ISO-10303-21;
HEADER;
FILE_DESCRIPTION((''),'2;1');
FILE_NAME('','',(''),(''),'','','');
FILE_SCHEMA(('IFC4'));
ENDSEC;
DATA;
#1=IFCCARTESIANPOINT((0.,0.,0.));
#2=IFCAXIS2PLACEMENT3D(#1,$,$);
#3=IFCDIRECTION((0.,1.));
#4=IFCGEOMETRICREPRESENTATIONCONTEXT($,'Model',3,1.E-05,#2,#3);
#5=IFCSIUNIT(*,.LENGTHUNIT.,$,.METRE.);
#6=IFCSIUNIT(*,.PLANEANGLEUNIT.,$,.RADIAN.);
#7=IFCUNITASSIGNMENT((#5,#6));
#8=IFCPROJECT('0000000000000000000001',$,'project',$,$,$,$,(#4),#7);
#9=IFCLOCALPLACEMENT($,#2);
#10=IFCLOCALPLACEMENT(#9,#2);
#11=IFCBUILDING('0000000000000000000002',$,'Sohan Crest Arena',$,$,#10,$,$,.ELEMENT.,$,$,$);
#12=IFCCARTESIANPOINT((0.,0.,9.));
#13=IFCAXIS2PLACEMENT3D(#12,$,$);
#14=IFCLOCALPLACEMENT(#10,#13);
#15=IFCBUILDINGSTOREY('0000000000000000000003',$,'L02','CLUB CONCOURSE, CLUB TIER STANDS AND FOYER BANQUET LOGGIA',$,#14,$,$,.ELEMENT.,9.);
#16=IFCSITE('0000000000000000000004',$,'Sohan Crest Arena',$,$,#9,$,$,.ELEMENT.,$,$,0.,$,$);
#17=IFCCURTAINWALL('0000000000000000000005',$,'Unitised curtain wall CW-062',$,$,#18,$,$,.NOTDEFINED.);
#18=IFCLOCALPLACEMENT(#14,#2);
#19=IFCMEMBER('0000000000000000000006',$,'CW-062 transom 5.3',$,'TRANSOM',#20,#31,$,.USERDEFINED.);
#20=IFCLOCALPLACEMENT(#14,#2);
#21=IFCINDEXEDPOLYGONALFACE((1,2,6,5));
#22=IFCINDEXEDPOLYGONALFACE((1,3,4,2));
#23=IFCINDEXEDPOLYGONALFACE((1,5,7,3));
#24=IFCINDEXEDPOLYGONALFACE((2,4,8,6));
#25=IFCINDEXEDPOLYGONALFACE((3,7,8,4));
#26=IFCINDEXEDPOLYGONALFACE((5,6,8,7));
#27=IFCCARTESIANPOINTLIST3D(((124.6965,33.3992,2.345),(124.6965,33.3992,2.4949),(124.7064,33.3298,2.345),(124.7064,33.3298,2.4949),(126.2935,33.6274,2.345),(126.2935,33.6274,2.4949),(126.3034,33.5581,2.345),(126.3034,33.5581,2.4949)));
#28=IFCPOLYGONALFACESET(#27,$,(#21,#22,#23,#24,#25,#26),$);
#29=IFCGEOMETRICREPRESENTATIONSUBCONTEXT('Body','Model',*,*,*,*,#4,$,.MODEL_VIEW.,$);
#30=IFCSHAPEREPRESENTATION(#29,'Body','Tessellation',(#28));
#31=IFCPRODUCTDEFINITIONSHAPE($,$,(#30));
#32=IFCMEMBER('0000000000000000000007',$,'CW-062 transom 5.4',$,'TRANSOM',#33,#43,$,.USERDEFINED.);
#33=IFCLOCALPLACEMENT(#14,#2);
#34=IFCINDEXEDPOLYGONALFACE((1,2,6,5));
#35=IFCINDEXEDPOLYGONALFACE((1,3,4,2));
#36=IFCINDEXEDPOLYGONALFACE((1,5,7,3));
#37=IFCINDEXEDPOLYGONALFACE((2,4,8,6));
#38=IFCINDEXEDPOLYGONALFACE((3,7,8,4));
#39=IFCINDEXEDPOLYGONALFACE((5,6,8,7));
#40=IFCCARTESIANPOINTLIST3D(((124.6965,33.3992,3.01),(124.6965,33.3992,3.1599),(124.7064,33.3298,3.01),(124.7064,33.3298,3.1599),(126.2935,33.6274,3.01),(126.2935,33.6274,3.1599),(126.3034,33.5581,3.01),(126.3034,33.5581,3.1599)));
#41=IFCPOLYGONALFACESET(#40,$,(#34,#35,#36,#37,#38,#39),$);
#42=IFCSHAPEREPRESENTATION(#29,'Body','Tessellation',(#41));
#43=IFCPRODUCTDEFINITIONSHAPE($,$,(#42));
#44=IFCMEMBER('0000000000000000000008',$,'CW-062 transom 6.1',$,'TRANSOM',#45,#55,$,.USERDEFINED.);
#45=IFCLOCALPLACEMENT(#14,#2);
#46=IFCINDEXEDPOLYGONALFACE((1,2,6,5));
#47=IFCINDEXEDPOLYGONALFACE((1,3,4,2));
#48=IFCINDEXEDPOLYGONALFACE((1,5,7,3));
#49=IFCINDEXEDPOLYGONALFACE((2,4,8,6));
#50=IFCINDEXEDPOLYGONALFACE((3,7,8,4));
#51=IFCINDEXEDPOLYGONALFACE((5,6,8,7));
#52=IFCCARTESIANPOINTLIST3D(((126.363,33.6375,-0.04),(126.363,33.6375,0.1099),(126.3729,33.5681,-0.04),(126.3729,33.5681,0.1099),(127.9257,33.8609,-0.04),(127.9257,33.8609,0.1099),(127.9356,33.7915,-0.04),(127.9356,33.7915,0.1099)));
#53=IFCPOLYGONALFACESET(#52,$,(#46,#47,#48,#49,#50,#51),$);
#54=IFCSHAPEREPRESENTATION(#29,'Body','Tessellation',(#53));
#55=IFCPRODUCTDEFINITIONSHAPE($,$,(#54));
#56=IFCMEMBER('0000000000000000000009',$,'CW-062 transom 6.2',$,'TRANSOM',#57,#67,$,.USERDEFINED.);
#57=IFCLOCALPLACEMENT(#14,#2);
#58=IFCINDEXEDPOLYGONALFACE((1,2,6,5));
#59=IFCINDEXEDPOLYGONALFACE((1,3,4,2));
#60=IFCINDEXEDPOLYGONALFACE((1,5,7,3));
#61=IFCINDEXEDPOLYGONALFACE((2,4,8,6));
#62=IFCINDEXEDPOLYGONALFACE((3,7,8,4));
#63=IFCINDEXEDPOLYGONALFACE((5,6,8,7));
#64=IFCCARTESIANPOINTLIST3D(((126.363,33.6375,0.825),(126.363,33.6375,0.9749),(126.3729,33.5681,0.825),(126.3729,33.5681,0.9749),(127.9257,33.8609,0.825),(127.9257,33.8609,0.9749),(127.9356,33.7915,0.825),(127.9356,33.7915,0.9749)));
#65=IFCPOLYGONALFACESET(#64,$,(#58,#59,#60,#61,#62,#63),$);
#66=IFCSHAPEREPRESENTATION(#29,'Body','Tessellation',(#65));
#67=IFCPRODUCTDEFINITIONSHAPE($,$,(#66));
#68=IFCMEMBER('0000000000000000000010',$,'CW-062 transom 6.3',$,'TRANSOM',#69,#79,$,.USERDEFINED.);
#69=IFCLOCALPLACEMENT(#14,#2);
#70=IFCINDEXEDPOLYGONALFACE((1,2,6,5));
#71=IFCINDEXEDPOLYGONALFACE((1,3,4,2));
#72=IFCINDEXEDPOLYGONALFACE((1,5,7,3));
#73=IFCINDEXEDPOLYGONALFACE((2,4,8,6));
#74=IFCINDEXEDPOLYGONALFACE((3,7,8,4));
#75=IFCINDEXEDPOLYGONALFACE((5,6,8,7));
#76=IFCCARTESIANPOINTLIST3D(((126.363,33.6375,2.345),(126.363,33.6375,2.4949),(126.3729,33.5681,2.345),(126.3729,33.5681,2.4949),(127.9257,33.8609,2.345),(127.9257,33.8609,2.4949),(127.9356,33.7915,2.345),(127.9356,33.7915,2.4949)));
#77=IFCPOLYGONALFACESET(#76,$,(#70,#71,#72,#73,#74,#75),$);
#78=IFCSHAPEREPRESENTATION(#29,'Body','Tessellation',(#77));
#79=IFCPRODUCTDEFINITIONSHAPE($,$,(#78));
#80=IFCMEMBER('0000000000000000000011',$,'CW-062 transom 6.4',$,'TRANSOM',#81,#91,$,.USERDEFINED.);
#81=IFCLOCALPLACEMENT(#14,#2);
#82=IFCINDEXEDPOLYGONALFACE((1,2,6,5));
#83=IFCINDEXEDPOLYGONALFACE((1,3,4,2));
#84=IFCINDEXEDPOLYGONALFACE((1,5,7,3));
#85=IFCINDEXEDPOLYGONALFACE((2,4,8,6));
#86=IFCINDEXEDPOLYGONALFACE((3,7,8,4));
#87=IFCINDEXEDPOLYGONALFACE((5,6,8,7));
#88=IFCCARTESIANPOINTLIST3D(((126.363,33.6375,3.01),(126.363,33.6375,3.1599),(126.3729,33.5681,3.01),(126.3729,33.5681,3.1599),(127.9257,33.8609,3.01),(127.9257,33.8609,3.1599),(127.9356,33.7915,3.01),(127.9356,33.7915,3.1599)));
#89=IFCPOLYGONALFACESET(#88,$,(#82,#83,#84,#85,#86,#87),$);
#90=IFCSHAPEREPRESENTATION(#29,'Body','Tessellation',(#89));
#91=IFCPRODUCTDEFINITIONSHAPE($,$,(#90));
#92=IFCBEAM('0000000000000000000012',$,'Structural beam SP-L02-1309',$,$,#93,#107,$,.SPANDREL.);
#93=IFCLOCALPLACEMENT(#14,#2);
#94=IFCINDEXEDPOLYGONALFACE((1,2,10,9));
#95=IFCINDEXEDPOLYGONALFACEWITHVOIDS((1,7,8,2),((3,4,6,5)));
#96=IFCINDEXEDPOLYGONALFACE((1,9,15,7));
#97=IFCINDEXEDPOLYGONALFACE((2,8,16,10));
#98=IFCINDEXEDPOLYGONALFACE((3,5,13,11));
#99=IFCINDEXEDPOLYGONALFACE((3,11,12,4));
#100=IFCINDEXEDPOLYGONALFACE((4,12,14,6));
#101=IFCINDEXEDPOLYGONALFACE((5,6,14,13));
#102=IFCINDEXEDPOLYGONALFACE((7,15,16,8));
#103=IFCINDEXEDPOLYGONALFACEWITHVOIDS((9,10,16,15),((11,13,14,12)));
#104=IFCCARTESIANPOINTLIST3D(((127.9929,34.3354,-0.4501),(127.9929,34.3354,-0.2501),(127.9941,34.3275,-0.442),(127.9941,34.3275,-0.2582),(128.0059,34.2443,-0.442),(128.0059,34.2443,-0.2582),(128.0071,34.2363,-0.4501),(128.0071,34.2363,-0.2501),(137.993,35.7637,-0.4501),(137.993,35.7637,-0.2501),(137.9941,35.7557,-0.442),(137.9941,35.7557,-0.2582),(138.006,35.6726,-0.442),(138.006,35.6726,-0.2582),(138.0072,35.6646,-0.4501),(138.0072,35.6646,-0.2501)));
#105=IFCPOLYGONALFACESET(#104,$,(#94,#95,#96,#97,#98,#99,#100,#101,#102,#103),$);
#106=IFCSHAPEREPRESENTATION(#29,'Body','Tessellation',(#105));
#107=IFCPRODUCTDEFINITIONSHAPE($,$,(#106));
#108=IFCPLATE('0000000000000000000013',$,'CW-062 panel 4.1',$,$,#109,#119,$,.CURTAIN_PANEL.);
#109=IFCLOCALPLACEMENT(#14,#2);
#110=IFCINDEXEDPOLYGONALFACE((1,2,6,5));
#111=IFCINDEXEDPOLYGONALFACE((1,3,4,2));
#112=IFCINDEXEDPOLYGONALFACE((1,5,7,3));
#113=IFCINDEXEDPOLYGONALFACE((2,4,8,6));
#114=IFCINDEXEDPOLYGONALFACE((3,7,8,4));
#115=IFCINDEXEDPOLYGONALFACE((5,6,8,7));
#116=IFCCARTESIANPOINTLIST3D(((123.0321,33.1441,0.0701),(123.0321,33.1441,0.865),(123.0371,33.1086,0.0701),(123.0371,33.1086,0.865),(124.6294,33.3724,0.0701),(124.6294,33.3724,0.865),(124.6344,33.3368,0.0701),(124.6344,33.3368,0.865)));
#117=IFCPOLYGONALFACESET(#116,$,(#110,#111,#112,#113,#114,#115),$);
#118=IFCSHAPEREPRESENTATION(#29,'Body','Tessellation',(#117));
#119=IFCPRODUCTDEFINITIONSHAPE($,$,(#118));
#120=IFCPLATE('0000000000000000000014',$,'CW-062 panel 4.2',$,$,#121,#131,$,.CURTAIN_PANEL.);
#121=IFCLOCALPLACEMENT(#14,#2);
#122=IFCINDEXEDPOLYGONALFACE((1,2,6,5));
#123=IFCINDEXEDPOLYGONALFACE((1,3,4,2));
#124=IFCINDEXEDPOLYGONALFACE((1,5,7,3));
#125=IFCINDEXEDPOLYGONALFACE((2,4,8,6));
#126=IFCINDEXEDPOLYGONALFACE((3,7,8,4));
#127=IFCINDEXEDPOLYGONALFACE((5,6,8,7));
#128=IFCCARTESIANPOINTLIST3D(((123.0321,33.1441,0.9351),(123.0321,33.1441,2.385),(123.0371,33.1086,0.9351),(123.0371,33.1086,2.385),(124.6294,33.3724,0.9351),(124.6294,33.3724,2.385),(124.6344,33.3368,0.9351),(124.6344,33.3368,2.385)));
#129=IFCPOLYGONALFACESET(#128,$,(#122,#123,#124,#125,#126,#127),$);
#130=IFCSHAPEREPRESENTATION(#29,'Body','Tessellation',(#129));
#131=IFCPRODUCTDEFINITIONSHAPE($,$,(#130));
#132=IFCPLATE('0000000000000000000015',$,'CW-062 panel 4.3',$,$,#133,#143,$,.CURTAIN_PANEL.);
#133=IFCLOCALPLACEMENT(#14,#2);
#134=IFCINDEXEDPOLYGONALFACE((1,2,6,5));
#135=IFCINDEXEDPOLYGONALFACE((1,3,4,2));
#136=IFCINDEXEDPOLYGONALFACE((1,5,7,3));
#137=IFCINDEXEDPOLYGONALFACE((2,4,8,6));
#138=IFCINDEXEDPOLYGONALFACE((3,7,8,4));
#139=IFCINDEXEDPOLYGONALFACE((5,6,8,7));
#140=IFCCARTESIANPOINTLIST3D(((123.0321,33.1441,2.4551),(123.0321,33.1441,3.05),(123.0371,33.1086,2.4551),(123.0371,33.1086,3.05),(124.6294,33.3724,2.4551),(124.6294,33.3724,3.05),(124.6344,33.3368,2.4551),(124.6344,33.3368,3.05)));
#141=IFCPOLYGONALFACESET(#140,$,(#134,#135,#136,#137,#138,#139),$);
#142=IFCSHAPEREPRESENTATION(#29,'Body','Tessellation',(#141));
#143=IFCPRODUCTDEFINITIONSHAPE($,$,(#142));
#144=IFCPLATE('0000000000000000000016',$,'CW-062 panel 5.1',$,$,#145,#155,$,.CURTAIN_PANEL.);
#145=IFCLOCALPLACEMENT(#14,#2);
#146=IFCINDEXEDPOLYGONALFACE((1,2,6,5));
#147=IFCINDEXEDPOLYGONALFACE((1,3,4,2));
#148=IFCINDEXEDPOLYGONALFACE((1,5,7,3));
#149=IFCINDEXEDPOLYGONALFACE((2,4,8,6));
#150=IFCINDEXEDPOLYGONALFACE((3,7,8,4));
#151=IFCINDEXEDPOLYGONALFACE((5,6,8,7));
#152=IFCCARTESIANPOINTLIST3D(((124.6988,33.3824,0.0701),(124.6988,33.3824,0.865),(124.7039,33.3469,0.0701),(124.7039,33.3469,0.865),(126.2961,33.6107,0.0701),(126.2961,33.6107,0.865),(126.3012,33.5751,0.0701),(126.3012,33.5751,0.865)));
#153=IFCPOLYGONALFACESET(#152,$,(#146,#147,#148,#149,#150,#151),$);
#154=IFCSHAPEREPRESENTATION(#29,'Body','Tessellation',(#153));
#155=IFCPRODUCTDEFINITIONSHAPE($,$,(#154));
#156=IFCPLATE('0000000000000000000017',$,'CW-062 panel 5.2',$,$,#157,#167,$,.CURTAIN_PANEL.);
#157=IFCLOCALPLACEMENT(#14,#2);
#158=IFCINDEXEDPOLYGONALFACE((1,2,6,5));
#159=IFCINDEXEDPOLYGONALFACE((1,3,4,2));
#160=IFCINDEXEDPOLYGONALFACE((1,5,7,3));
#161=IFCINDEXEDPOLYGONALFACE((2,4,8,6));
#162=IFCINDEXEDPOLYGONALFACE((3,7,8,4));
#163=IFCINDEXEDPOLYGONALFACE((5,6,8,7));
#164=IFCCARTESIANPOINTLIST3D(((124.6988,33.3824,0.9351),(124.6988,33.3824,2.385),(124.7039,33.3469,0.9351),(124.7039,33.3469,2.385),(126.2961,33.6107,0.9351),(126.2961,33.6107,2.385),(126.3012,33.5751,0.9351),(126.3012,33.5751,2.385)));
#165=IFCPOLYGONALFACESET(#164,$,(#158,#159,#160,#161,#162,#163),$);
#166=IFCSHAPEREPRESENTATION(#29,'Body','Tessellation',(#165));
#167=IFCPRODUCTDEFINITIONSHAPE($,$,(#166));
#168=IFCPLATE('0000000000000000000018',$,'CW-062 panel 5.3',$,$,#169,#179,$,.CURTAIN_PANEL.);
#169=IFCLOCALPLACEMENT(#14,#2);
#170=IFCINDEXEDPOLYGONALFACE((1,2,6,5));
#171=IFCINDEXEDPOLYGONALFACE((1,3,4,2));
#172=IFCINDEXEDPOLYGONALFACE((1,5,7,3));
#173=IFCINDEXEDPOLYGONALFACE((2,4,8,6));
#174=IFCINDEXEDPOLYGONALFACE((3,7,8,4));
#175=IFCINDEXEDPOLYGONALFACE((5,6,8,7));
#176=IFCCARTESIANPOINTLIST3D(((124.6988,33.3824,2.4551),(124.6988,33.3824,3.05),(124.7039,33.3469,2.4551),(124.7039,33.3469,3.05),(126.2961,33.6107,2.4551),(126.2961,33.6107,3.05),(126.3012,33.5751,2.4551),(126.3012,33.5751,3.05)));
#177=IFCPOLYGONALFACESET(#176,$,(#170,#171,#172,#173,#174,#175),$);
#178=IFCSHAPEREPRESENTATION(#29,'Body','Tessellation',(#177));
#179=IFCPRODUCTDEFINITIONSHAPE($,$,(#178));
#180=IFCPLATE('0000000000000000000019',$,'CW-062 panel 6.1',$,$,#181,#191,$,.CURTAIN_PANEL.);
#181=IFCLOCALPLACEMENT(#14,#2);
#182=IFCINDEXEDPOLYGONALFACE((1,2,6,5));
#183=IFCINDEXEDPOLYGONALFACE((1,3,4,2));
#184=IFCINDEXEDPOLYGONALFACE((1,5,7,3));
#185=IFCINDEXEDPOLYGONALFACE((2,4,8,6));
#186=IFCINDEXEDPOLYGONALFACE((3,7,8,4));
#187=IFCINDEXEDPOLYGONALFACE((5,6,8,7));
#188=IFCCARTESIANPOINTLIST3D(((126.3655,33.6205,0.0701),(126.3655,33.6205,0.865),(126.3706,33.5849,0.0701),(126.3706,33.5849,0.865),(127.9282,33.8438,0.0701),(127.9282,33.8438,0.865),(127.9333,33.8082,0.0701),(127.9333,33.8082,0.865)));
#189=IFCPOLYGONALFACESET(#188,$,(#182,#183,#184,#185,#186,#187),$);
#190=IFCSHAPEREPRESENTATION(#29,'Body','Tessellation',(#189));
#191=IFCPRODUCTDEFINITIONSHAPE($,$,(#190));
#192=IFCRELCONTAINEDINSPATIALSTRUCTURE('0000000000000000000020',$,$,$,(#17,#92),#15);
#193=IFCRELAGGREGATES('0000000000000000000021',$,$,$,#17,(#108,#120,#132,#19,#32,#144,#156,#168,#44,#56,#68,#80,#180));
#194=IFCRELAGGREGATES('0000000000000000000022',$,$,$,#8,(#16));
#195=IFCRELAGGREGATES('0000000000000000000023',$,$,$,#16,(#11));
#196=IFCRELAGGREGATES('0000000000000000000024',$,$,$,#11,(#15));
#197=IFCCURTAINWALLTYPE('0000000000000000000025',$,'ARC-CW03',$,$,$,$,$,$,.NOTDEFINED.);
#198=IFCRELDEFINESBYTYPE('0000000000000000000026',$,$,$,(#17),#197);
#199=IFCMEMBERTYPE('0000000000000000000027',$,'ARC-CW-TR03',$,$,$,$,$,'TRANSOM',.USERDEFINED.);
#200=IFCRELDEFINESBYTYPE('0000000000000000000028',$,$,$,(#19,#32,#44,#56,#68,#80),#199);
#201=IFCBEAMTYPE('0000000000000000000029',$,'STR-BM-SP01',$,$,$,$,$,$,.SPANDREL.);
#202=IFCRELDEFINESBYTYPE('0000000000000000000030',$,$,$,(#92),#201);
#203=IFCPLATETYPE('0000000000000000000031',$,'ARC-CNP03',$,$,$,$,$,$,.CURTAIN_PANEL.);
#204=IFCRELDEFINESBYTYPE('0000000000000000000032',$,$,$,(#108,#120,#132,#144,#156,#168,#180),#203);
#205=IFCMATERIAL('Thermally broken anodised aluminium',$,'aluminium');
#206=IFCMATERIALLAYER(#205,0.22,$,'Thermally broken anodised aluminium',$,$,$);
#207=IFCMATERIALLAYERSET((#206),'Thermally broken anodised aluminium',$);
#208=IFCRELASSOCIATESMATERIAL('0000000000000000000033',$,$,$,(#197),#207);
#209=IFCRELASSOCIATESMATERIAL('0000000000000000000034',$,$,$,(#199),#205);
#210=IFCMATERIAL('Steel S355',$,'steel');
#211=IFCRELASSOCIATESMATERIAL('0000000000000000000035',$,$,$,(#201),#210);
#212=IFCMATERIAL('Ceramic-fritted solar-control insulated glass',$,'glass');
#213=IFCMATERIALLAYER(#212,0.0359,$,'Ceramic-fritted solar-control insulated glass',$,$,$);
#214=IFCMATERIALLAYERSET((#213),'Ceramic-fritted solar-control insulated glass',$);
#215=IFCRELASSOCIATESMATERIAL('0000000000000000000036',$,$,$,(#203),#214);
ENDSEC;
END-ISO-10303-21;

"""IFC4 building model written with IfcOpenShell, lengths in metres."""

from ifc_helpers import new_model, si_unit, direction, frame, origin, origin_2d, place, context, subcontext, project, spatial, rectangle, hollow_rectangle, extrude, material, layer, layer_set, material_profile, profile_set, type_object, element, aggregate, save


model = new_model("IFC4")

# Units and contexts
model_context = context("Model", 3, precision=1e-05, world=origin(), true_north=direction((0.0, 1.0)))
body_context = subcontext(model_context, "Body", "Model", "MODEL_VIEW")
ifc_project = project(units=[si_unit("LENGTHUNIT", "METRE"), si_unit("PLANEANGLEUNIT", "RADIAN")], contexts=[model_context])

# Site, building, storey
site_placement = place(None, origin())
site = spatial("IfcSite", under=ifc_project, at=site_placement, Name="Sohan Crest Arena", CompositionType="ELEMENT", RefElevation=0.0)
building_placement = place(site_placement, origin())
building = spatial("IfcBuilding", under=site, at=building_placement, Name="Sohan Crest Arena", CompositionType="ELEMENT")
storey_placement = place(building_placement, frame((0.0, 0.0, 9.0)))
storey = spatial("IfcBuildingStorey", under=building, at=storey_placement, Name="L02", Description="CLUB CONCOURSE, CLUB TIER STANDS AND FOYER BANQUET LOGGIA", CompositionType="ELEMENT", Elevation=9.0)

# Shared definitions
ifc_material_1 = material(Name="Steel S355", Category="steel")

# Curtain wall
ifc_material_2 = material(Name="Thermally broken anodised aluminium", Category="aluminium")
ifc_layer_1 = layer(ifc_material_2, 0.22, Name="Thermally broken anodised aluminium")
ifc_layer_set_1 = layer_set([ifc_layer_1], Name="Thermally broken anodised aluminium")
curtain_wall_type_1 = type_object("IfcCurtainWallType", Name="ARC-CW03", PredefinedType="NOTDEFINED", material=ifc_layer_set_1)
curtain_wall_1_placement = place(storey_placement, origin())
curtain_wall_1 = element("IfcCurtainWall", 1, at=curtain_wall_1_placement, inside=storey, type_object=curtain_wall_type_1, Name="Unitised curtain wall CW-062", PredefinedType="NOTDEFINED")

# Members
ifc_material_profile_1 = material_profile(ifc_material_2, rectangle(XDim=0.0701, YDim=0.1499, at=origin_2d()), Name="ALU-TRAN 70x150")
ifc_profile_set_1 = profile_set([ifc_material_profile_1], Name="Thermally broken anodised aluminium")
member_type_1 = type_object("IfcMemberType", Name="ARC-CW-TR03", ElementType="TRANSOM", PredefinedType="USERDEFINED", material=ifc_profile_set_1)
member_1_placement = place(storey_placement, frame((124.7014, 33.3645, 2.4199), z_axis=(0.98994, 0.141485, 0.0), x_axis=(-0.141485, 0.98994, 0.0)))
member_1 = element("IfcMember", 2, at=member_1_placement, type_object=member_type_1, Name="CW-062 transom 5.3", ObjectType="TRANSOM", PredefinedType="USERDEFINED", context=body_context, shape_type="SweptSolid", body=[
    extrude(rectangle(XDim=0.0701, YDim=0.1499, at=origin_2d()), origin(), (0.0, 0.0, 1.0), 1.6133),
])
member_2_placement = place(storey_placement, frame((124.7014, 33.3645, 3.085), z_axis=(0.98994, 0.141485, 0.0), x_axis=(-0.141485, 0.98994, 0.0)))
member_2 = element("IfcMember", 3, at=member_2_placement, type_object=member_type_1, Name="CW-062 transom 5.4", ObjectType="TRANSOM", PredefinedType="USERDEFINED", context=body_context, shape_type="SweptSolid", body=[
    extrude(rectangle(XDim=0.0701, YDim=0.1499, at=origin_2d()), origin(), (0.0, 0.0, 1.0), 1.6133),
])
member_3_placement = place(storey_placement, frame((126.3679, 33.6028, 0.0349), z_axis=(0.989937, 0.141508, 0.0), x_axis=(-0.141508, 0.989937, 0.0)))
member_3 = element("IfcMember", 4, at=member_3_placement, type_object=member_type_1, Name="CW-062 transom 6.1", ObjectType="TRANSOM", PredefinedType="USERDEFINED", context=body_context, shape_type="SweptSolid", body=[
    extrude(rectangle(XDim=0.0701, YDim=0.1499, at=origin_2d()), origin(), (0.0, 0.0, 1.0), 1.5786),
])
member_4_placement = place(storey_placement, frame((126.3679, 33.6028, 0.8999), z_axis=(0.989937, 0.141508, 0.0), x_axis=(-0.141508, 0.989937, 0.0)))
member_4 = element("IfcMember", 5, at=member_4_placement, type_object=member_type_1, Name="CW-062 transom 6.2", ObjectType="TRANSOM", PredefinedType="USERDEFINED", context=body_context, shape_type="SweptSolid", body=[
    extrude(rectangle(XDim=0.0701, YDim=0.1499, at=origin_2d()), origin(), (0.0, 0.0, 1.0), 1.5786),
])
member_5_placement = place(storey_placement, frame((126.3679, 33.6028, 2.4199), z_axis=(0.989937, 0.141508, 0.0), x_axis=(-0.141508, 0.989937, 0.0)))
member_5 = element("IfcMember", 6, at=member_5_placement, type_object=member_type_1, Name="CW-062 transom 6.3", ObjectType="TRANSOM", PredefinedType="USERDEFINED", context=body_context, shape_type="SweptSolid", body=[
    extrude(rectangle(XDim=0.0701, YDim=0.1499, at=origin_2d()), origin(), (0.0, 0.0, 1.0), 1.5786),
])
member_6_placement = place(storey_placement, frame((126.3679, 33.6028, 3.085), z_axis=(0.989937, 0.141508, 0.0), x_axis=(-0.141508, 0.989937, 0.0)))
member_6 = element("IfcMember", 7, at=member_6_placement, type_object=member_type_1, Name="CW-062 transom 6.4", ObjectType="TRANSOM", PredefinedType="USERDEFINED", context=body_context, shape_type="SweptSolid", body=[
    extrude(rectangle(XDim=0.0701, YDim=0.1499, at=origin_2d()), origin(), (0.0, 0.0, 1.0), 1.5786),
])

# Beam
ifc_material_profile_2 = material_profile(ifc_material_1, hollow_rectangle(XDim=0.1001, YDim=0.2, WallThickness=0.0081, at=origin_2d()), Name="RHS 200x100x8")
ifc_profile_set_2 = profile_set([ifc_material_profile_2], Name="Steel S355")
beam_type = type_object("IfcBeamType", Name="STR-BM-SP01", PredefinedType="SPANDREL", material=ifc_profile_set_2)
beam_placement = place(storey_placement, frame((128.0, 34.2859, -0.3501), z_axis=(0.989954, 0.141388, 0.0), x_axis=(-0.141388, 0.989954, 0.0)))
element("IfcBeam", 8, at=beam_placement, inside=storey, type_object=beam_type, Name="Structural beam SP-L02-1309", PredefinedType="SPANDREL", context=body_context, shape_type="SweptSolid", body=[
    extrude(hollow_rectangle(XDim=0.1001, YDim=0.2, WallThickness=0.0081, at=origin_2d()), origin(), (0.0, 0.0, 1.0), 10.1016),
])

# Plates
ifc_material_3 = material(Name="Ceramic-fritted solar-control insulated glass", Category="glass")
ifc_layer_2 = layer(ifc_material_3, 0.0359, Name="Ceramic-fritted solar-control insulated glass")
ifc_layer_set_2 = layer_set([ifc_layer_2], Name="Ceramic-fritted solar-control insulated glass")
plate_type_1 = type_object("IfcPlateType", Name="ARC-CNP03", PredefinedType="CURTAIN_PANEL", material=ifc_layer_set_2)
plate_1_placement = place(storey_placement, frame((123.8333, 33.2405, 0.0701), z_axis=(0.0, 0.0, 1.0), x_axis=(0.989944, 0.141463, 0.0)))
plate_1 = element("IfcPlate", 9, at=plate_1_placement, type_object=plate_type_1, Name="CW-062 panel 4.1", PredefinedType="CURTAIN_PANEL", context=body_context, shape_type="SweptSolid", body=[
    extrude(rectangle(XDim=1.6135, YDim=0.0359, at=origin_2d()), origin(), (0.0, 0.0, 1.0), 0.7949),
])
plate_2_placement = place(storey_placement, frame((123.8333, 33.2405, 0.9351), z_axis=(0.0, 0.0, 1.0), x_axis=(0.989944, 0.141463, 0.0)))
plate_2 = element("IfcPlate", 10, at=plate_2_placement, type_object=plate_type_1, Name="CW-062 panel 4.2", PredefinedType="CURTAIN_PANEL", context=body_context, shape_type="SweptSolid", body=[
    extrude(rectangle(XDim=1.6135, YDim=0.0359, at=origin_2d()), origin(), (0.0, 0.0, 1.0), 1.45),
])
plate_3_placement = place(storey_placement, frame((123.8333, 33.2405, 2.4551), z_axis=(0.0, 0.0, 1.0), x_axis=(0.989944, 0.141463, 0.0)))
plate_3 = element("IfcPlate", 11, at=plate_3_placement, type_object=plate_type_1, Name="CW-062 panel 4.3", PredefinedType="CURTAIN_PANEL", context=body_context, shape_type="SweptSolid", body=[
    extrude(rectangle(XDim=1.6135, YDim=0.0359, at=origin_2d()), origin(), (0.0, 0.0, 1.0), 0.595),
])
plate_4_placement = place(storey_placement, frame((125.5, 33.4788, 0.0701), z_axis=(0.0, 0.0, 1.0), x_axis=(0.989944, 0.141463, 0.0)))
plate_4 = element("IfcPlate", 12, at=plate_4_placement, type_object=plate_type_1, Name="CW-062 panel 5.1", PredefinedType="CURTAIN_PANEL", context=body_context, shape_type="SweptSolid", body=[
    extrude(rectangle(XDim=1.6135, YDim=0.0359, at=origin_2d()), origin(), (0.0, 0.0, 1.0), 0.7949),
])
plate_5_placement = place(storey_placement, frame((125.5, 33.4788, 0.9351), z_axis=(0.0, 0.0, 1.0), x_axis=(0.989944, 0.141463, 0.0)))
plate_5 = element("IfcPlate", 13, at=plate_5_placement, type_object=plate_type_1, Name="CW-062 panel 5.2", PredefinedType="CURTAIN_PANEL", context=body_context, shape_type="SweptSolid", body=[
    extrude(rectangle(XDim=1.6135, YDim=0.0359, at=origin_2d()), origin(), (0.0, 0.0, 1.0), 1.45),
])
plate_6_placement = place(storey_placement, frame((125.5, 33.4788, 2.4551), z_axis=(0.0, 0.0, 1.0), x_axis=(0.989944, 0.141463, 0.0)))
plate_6 = element("IfcPlate", 14, at=plate_6_placement, type_object=plate_type_1, Name="CW-062 panel 5.3", PredefinedType="CURTAIN_PANEL", context=body_context, shape_type="SweptSolid", body=[
    extrude(rectangle(XDim=1.6135, YDim=0.0359, at=origin_2d()), origin(), (0.0, 0.0, 1.0), 0.595),
])
plate_7_placement = place(storey_placement, frame((127.1494, 33.7144, 0.0701), z_axis=(0.0, 0.0, 1.0), x_axis=(0.989944, 0.141463, 0.0)))
plate_7 = element("IfcPlate", 15, at=plate_7_placement, type_object=plate_type_1, Name="CW-062 panel 6.1", PredefinedType="CURTAIN_PANEL", context=body_context, shape_type="SweptSolid", body=[
    extrude(rectangle(XDim=1.5786, YDim=0.0359, at=origin_2d()), origin(), (0.0, 0.0, 1.0), 0.7949),
])
aggregate(curtain_wall_1, [plate_1, plate_2, plate_3, member_1, member_2, plate_4, plate_5, plate_6, member_3, member_4, member_5, member_6, plate_7])

save(model, "model.ifc")
